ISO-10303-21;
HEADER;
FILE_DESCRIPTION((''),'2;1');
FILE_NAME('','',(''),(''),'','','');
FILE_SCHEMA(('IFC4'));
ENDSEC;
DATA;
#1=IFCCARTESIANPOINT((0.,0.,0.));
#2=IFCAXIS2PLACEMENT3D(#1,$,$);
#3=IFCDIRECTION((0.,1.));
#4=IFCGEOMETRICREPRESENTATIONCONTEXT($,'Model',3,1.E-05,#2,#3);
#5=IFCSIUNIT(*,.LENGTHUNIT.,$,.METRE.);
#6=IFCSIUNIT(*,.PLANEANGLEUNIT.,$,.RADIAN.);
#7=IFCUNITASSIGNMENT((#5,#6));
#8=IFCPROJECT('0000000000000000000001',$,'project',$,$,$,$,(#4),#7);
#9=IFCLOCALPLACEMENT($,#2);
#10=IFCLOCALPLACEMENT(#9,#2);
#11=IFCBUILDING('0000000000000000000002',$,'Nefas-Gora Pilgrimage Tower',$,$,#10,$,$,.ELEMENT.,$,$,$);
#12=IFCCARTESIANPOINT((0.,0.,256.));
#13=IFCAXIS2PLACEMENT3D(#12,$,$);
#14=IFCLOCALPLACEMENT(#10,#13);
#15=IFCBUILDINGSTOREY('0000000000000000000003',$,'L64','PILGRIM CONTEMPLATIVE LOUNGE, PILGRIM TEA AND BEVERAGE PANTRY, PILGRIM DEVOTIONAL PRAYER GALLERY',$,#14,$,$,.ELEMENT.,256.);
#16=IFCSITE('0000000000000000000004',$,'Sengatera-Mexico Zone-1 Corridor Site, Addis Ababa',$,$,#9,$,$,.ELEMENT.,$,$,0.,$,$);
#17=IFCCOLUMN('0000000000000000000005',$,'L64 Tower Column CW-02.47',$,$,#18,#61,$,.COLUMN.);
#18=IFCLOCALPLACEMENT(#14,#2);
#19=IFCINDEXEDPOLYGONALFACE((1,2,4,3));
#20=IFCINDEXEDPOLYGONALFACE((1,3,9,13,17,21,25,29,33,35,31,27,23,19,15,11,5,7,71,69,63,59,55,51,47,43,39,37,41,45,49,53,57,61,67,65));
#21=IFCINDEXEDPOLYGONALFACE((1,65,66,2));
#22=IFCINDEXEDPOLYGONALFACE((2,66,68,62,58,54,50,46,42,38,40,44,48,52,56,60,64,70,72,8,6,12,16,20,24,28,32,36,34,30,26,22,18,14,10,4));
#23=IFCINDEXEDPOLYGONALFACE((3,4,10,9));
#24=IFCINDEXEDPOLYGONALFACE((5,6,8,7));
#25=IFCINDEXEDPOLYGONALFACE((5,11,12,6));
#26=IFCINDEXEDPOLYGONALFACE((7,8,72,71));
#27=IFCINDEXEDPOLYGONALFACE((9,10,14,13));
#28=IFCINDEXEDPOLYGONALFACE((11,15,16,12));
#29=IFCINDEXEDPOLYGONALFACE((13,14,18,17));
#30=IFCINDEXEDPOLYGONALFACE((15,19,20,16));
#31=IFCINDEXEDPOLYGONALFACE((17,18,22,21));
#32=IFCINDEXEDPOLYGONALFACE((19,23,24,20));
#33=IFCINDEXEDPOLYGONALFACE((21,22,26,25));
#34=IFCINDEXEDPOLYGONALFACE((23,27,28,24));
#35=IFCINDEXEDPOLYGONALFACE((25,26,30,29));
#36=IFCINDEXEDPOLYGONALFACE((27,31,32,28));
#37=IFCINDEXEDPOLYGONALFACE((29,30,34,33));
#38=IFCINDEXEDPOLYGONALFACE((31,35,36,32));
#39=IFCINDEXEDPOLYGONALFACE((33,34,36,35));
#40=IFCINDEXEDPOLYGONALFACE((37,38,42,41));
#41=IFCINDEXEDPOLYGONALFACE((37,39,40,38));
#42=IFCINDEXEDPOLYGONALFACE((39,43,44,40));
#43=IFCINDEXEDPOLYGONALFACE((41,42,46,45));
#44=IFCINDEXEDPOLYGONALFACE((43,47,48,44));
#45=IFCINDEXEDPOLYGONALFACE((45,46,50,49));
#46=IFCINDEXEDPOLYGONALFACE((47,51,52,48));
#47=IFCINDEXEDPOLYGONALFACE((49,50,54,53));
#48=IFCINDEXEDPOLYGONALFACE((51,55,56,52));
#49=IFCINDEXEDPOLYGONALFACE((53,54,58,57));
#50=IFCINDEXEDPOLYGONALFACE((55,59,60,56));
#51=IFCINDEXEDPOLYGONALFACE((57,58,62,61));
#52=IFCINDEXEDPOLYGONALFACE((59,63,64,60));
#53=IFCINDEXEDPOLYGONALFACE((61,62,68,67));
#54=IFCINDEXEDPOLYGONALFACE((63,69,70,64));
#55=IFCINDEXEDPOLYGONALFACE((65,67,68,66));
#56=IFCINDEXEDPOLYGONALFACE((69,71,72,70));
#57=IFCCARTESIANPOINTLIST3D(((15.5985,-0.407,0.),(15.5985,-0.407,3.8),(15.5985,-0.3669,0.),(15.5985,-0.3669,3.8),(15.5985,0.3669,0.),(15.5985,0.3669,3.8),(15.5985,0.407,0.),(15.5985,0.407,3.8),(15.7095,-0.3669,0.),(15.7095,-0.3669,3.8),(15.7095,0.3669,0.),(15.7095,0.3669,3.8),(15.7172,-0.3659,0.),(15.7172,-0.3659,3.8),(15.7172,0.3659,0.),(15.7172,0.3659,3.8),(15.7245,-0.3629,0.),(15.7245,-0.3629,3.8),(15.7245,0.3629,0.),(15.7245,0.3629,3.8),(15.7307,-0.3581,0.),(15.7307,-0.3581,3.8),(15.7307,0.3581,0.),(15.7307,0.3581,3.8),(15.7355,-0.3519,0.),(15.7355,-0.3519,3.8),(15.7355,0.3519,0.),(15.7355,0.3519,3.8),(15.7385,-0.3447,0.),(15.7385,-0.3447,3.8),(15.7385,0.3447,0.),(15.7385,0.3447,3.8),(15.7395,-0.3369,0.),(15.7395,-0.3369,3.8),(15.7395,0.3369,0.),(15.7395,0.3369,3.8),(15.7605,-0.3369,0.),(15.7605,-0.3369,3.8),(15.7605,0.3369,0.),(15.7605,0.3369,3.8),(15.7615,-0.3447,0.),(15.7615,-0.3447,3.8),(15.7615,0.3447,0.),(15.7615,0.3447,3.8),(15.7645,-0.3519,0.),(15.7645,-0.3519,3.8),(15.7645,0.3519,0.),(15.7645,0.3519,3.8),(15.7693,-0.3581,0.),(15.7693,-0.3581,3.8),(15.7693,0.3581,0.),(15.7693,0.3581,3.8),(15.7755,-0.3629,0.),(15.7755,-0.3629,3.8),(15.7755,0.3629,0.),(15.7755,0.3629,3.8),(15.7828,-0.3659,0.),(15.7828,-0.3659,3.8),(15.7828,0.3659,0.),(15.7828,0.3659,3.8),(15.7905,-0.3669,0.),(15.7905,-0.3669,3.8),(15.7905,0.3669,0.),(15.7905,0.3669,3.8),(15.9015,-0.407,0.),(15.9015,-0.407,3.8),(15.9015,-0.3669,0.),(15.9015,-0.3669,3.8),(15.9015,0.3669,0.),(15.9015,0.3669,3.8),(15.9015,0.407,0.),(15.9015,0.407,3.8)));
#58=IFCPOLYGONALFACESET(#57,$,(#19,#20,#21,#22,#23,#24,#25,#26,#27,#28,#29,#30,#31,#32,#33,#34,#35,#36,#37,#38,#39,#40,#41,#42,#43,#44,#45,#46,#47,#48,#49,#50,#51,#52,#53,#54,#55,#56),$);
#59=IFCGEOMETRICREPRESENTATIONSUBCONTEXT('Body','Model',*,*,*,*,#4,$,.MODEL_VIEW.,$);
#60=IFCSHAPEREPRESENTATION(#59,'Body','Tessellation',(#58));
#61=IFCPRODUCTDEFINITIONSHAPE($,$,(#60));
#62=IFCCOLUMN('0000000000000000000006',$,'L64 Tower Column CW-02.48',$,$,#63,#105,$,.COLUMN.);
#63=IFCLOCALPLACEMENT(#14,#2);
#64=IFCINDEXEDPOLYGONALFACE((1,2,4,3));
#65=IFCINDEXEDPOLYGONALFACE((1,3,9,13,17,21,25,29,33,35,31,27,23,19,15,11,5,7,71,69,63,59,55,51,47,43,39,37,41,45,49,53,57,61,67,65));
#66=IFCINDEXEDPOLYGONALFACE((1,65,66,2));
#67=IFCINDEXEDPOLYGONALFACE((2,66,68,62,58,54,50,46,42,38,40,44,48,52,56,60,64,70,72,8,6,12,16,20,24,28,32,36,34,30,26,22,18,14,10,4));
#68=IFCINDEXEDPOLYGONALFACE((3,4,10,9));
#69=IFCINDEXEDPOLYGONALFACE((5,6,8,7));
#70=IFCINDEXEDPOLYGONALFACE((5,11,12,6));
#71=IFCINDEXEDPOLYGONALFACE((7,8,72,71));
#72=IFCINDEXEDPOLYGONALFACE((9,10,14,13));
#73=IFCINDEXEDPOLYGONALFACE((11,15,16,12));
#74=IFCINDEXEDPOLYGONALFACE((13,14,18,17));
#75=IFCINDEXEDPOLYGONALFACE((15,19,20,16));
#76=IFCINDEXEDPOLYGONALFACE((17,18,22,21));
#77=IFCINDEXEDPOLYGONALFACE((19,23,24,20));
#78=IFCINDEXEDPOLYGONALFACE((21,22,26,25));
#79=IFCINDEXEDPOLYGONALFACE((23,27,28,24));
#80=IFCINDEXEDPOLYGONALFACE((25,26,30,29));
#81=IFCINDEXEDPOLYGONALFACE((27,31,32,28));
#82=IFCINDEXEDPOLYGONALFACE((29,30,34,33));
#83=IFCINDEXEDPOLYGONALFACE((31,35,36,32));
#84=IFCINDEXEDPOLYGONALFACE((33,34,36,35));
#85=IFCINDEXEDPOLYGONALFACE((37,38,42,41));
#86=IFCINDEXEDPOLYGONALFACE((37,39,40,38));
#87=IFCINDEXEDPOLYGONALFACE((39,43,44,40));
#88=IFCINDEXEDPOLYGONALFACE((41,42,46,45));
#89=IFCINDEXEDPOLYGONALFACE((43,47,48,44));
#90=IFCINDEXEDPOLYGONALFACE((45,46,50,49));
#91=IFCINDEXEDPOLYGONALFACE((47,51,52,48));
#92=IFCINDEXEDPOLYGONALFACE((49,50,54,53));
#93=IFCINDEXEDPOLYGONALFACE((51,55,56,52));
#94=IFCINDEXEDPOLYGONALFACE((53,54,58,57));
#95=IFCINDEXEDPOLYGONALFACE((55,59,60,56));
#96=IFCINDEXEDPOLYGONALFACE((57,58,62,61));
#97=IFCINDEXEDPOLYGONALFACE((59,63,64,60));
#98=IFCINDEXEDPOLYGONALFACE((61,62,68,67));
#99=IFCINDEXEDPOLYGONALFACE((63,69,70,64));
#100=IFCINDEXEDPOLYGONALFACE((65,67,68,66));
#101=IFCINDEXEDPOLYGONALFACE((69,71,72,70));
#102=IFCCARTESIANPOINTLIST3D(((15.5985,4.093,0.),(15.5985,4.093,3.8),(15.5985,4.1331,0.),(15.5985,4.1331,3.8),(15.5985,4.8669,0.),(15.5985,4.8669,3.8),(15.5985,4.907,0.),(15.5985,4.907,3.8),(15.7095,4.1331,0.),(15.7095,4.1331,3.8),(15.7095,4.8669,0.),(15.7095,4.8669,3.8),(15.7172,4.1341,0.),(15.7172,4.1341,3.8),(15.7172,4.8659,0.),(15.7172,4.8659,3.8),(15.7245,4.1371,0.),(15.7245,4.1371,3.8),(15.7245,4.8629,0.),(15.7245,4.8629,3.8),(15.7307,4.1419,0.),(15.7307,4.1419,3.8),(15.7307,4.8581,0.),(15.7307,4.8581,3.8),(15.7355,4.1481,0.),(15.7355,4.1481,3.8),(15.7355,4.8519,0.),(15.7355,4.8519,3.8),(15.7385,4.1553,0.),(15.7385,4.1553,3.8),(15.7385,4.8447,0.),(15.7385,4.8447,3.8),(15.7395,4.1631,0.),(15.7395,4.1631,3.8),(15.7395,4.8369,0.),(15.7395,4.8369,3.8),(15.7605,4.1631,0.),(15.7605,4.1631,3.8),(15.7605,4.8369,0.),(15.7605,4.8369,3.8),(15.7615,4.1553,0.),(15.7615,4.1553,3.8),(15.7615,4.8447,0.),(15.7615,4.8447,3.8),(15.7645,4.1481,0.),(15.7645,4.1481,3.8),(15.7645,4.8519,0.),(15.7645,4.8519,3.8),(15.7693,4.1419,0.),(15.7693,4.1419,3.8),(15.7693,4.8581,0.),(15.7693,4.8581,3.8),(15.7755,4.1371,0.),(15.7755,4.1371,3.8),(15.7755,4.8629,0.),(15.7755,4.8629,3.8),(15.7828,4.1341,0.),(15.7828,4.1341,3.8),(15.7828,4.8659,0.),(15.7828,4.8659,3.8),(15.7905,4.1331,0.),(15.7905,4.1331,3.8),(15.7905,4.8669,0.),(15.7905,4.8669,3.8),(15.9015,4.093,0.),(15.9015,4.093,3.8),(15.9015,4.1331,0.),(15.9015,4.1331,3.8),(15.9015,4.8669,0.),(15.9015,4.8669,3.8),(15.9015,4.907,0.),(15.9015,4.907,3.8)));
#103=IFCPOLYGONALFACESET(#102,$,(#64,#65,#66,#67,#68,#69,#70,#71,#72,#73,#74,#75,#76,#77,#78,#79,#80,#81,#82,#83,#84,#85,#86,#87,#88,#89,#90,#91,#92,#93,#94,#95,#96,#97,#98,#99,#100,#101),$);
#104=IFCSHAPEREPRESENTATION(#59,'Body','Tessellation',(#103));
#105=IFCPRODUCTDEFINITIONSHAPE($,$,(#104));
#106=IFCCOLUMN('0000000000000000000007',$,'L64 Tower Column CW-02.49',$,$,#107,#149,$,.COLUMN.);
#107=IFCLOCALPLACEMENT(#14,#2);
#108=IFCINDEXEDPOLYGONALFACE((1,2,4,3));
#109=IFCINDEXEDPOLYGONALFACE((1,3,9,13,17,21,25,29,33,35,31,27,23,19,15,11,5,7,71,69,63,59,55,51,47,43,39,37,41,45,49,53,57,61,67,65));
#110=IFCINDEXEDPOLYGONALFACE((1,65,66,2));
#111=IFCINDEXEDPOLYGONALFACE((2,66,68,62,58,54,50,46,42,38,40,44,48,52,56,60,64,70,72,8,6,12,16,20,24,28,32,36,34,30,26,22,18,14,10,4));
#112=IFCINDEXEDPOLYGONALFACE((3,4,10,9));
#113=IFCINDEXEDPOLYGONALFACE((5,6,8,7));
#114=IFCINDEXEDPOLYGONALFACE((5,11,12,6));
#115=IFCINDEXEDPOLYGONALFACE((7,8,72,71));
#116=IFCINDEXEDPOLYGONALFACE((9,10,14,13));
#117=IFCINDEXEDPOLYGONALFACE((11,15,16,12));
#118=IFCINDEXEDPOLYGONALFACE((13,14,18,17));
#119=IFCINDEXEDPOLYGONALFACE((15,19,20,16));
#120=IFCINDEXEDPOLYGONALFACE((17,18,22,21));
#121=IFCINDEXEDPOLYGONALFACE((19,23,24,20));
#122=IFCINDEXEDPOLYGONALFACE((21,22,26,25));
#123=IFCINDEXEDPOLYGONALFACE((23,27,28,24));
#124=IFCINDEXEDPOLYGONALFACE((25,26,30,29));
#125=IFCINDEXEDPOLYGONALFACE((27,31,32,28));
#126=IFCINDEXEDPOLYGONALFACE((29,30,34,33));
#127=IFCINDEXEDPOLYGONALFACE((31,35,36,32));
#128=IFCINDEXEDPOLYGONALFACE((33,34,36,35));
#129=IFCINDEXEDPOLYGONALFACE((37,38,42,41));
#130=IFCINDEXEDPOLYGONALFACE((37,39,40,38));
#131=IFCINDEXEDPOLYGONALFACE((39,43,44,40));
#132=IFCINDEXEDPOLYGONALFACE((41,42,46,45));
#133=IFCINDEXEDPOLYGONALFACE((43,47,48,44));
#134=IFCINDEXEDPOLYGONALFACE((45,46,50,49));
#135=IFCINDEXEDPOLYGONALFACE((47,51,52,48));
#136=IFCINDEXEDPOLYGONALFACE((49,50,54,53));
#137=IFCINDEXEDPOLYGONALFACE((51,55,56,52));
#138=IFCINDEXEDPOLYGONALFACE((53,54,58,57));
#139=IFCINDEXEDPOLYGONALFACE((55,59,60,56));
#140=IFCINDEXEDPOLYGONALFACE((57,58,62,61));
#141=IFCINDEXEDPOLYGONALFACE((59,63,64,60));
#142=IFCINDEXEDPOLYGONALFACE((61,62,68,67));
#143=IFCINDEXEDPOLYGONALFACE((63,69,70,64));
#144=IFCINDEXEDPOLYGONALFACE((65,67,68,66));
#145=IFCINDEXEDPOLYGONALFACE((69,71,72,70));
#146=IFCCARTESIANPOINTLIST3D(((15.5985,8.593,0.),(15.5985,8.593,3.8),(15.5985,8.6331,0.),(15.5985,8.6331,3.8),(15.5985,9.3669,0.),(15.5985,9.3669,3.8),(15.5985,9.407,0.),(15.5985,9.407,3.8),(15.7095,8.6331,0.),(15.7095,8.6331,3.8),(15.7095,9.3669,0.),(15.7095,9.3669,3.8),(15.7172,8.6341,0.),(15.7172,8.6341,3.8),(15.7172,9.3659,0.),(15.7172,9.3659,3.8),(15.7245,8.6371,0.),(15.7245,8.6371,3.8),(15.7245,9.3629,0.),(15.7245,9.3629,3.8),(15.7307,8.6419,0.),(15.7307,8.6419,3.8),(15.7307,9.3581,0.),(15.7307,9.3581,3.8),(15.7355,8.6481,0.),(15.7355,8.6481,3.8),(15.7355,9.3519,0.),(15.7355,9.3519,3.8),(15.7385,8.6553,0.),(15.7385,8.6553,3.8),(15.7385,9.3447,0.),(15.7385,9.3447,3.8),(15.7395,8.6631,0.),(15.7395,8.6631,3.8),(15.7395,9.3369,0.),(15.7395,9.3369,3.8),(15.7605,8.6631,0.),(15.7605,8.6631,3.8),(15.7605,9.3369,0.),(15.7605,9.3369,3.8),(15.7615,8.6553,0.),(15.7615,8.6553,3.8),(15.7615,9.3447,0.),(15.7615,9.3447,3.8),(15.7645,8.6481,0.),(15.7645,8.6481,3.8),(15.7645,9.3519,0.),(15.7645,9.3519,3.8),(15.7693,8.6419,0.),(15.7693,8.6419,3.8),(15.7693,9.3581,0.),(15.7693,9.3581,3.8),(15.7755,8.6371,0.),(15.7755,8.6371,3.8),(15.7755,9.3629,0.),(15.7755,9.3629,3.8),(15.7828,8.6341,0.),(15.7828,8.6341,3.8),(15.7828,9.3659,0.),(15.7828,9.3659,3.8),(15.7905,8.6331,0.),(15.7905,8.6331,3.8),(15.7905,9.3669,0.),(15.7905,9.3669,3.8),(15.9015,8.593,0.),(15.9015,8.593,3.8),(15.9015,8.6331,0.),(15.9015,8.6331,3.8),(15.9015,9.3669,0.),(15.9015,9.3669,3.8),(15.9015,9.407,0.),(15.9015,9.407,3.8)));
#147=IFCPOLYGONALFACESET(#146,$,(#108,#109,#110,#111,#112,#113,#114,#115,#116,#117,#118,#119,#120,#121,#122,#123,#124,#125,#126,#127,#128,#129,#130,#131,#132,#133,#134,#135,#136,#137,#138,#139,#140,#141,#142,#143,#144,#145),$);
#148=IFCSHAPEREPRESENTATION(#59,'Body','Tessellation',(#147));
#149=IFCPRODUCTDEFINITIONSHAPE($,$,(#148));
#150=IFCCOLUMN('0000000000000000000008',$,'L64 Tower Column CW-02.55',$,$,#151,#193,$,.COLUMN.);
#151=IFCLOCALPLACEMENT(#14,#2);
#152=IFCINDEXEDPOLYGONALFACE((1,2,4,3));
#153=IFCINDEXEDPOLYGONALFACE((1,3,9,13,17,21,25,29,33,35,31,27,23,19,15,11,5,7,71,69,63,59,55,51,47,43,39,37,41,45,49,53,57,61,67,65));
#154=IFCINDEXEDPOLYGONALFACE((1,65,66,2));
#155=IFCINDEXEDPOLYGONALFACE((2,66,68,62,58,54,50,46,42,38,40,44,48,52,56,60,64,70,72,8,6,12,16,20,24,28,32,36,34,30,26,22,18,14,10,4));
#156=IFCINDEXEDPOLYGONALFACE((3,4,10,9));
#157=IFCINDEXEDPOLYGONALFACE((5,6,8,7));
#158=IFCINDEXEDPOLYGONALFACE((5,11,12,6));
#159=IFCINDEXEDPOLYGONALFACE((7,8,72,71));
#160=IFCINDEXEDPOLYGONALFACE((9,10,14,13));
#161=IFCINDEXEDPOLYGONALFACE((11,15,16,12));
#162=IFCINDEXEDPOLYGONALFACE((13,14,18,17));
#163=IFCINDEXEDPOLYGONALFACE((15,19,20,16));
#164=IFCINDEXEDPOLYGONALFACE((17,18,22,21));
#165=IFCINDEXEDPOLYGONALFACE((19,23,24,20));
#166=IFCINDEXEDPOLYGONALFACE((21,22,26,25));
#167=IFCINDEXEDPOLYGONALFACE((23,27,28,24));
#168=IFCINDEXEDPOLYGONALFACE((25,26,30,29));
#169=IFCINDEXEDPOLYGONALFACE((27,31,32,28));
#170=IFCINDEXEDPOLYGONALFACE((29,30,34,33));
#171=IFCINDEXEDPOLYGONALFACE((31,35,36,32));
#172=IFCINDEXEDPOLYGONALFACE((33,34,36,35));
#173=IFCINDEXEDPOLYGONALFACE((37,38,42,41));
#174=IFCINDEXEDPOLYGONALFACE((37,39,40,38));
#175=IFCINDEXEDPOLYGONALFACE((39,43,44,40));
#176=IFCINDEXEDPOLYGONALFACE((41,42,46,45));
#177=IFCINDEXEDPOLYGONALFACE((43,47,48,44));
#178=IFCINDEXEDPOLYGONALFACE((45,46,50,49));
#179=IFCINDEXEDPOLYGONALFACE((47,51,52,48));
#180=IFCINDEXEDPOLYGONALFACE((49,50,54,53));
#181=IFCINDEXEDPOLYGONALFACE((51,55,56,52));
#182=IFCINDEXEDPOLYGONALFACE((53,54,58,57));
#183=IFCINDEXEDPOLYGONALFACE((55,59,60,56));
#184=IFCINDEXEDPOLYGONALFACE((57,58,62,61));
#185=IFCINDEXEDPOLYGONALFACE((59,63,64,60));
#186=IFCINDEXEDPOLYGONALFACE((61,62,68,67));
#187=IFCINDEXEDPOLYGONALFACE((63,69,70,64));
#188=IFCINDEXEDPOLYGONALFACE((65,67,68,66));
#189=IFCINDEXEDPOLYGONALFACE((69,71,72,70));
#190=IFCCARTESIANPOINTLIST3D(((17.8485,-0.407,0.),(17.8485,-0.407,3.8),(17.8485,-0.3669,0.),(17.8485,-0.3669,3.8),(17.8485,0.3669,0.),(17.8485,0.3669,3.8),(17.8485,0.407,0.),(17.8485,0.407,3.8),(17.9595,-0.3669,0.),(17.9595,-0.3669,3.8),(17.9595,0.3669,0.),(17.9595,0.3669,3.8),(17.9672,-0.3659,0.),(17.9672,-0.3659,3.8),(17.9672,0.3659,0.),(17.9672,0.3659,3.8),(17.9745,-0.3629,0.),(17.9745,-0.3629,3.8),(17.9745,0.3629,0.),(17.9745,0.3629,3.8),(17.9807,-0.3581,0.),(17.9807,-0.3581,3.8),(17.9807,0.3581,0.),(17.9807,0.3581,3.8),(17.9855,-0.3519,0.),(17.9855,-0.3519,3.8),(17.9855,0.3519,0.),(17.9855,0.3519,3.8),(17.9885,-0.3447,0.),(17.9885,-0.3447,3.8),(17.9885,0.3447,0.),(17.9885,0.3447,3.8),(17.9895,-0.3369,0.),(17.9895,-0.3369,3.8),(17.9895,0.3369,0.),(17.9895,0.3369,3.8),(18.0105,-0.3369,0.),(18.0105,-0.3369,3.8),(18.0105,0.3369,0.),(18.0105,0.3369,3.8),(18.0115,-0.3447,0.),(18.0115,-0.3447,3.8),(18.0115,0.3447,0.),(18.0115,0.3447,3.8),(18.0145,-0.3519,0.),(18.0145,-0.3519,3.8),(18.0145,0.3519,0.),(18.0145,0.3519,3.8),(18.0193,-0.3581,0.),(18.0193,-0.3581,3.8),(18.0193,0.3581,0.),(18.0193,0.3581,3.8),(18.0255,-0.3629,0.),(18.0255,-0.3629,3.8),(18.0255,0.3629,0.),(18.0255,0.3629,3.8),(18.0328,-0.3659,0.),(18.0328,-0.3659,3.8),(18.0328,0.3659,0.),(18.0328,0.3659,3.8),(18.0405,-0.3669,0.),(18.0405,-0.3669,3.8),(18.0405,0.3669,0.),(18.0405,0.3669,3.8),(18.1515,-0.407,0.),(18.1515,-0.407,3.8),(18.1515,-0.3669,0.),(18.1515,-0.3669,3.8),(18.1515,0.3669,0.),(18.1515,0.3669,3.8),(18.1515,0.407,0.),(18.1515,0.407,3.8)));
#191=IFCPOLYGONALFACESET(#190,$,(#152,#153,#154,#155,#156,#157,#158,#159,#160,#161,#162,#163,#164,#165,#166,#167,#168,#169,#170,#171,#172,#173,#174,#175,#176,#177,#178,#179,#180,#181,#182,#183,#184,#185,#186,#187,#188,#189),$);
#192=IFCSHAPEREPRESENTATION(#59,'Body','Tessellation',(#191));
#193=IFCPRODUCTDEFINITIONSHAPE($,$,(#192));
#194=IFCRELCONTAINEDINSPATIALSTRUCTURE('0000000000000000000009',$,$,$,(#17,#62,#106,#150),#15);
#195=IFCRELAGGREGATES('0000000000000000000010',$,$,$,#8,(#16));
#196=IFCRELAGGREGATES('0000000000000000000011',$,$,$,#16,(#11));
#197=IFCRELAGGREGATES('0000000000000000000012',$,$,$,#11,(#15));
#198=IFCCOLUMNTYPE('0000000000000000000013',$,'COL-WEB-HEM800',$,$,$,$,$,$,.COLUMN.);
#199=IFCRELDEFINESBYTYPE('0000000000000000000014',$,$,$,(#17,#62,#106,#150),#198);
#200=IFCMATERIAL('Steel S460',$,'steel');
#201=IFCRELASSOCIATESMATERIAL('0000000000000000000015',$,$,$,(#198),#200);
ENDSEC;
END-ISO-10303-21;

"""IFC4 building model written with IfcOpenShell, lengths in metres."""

from ifc_helpers import new_model, si_unit, direction, frame, origin, origin_2d, place, context, subcontext, project, spatial, i_section, extrude, source, transform, mapped, material, material_profile, profile_set, type_object, element, save


model = new_model("IFC4")

# Units and contexts
model_context = context("Model", 3, precision=1e-05, world=origin(), true_north=direction((0.0, 1.0)))
body_context = subcontext(model_context, "Body", "Model", "MODEL_VIEW")
ifc_project = project(units=[si_unit("LENGTHUNIT", "METRE"), si_unit("PLANEANGLEUNIT", "RADIAN")], contexts=[model_context])

# Site, building, storey
site_placement = place(None, origin())
site = spatial("IfcSite", under=ifc_project, at=site_placement, Name="Sengatera-Mexico Zone-1 Corridor Site, Addis Ababa", CompositionType="ELEMENT", RefElevation=0.0)
building_placement = place(site_placement, origin())
building = spatial("IfcBuilding", under=site, at=building_placement, Name="Nefas-Gora Pilgrimage Tower", CompositionType="ELEMENT")
storey_placement = place(building_placement, frame((0.0, 0.0, 256.0)))
storey = spatial("IfcBuildingStorey", under=building, at=storey_placement, Name="L64", Description="PILGRIM CONTEMPLATIVE LOUNGE, PILGRIM TEA AND BEVERAGE PANTRY, PILGRIM DEVOTIONAL PRAYER GALLERY", CompositionType="ELEMENT", Elevation=256.0)

# Columns
ifc_material_1 = material(Name="Steel S460", Category="steel")
ifc_material_profile_1 = material_profile(ifc_material_1, i_section(OverallWidth=0.303, OverallDepth=0.814, WebThickness=0.021, FlangeThickness=0.04, FilletRadius=0.03, at=origin_2d()), Name="HEM 800")
ifc_profile_set_1 = profile_set([ifc_material_profile_1], Name="Steel S460")
column_type_1 = type_object("IfcColumnType", Name="COL-WEB-HEM800", PredefinedType="COLUMN", material=ifc_profile_set_1)
shared_shape_1 = source(origin(), body_context, "Body", "SweptSolid", [
    extrude(i_section(OverallWidth=0.303, OverallDepth=0.814, WebThickness=0.021, FlangeThickness=0.04, FilletRadius=0.03, at=origin_2d()), origin(), (0.0, 0.0, 1.0), 3.8),
])
for number, where, z_axis, x_axis, name in (
    (1, (15.75, 0.0, 0.0), (0.0, 0.0, 1.0), (1.0, 0.0, 0.0), "L64 Tower Column CW-02.47"),
    (2, (15.75, 4.5, 0.0), (0.0, 0.0, 1.0), (1.0, 0.0, 0.0), "L64 Tower Column CW-02.48"),
    (3, (15.75, 9.0, 0.0), (0.0, 0.0, 1.0), (1.0, 0.0, 0.0), "L64 Tower Column CW-02.49"),
    (4, (18.0, 0.0, 0.0), (0.0, 0.0, 1.0), (1.0, 0.0, 0.0), "L64 Tower Column CW-02.55"),
):
    element("IfcColumn", number, at=place(storey_placement, frame(where, z_axis=z_axis, x_axis=x_axis)), inside=storey, type_object=column_type_1, Name=name, PredefinedType="COLUMN", context=body_context, shape_type="MappedRepresentation", body=[
        mapped(shared_shape_1, transform((0.0, 0.0, 0.0), x_axis=(1.0, 0.0, 0.0), y_axis=(0.0, 1.0, 0.0), z_axis=(0.0, 0.0, 1.0), scale=1.0)),
    ])

save(model, "model.ifc")
